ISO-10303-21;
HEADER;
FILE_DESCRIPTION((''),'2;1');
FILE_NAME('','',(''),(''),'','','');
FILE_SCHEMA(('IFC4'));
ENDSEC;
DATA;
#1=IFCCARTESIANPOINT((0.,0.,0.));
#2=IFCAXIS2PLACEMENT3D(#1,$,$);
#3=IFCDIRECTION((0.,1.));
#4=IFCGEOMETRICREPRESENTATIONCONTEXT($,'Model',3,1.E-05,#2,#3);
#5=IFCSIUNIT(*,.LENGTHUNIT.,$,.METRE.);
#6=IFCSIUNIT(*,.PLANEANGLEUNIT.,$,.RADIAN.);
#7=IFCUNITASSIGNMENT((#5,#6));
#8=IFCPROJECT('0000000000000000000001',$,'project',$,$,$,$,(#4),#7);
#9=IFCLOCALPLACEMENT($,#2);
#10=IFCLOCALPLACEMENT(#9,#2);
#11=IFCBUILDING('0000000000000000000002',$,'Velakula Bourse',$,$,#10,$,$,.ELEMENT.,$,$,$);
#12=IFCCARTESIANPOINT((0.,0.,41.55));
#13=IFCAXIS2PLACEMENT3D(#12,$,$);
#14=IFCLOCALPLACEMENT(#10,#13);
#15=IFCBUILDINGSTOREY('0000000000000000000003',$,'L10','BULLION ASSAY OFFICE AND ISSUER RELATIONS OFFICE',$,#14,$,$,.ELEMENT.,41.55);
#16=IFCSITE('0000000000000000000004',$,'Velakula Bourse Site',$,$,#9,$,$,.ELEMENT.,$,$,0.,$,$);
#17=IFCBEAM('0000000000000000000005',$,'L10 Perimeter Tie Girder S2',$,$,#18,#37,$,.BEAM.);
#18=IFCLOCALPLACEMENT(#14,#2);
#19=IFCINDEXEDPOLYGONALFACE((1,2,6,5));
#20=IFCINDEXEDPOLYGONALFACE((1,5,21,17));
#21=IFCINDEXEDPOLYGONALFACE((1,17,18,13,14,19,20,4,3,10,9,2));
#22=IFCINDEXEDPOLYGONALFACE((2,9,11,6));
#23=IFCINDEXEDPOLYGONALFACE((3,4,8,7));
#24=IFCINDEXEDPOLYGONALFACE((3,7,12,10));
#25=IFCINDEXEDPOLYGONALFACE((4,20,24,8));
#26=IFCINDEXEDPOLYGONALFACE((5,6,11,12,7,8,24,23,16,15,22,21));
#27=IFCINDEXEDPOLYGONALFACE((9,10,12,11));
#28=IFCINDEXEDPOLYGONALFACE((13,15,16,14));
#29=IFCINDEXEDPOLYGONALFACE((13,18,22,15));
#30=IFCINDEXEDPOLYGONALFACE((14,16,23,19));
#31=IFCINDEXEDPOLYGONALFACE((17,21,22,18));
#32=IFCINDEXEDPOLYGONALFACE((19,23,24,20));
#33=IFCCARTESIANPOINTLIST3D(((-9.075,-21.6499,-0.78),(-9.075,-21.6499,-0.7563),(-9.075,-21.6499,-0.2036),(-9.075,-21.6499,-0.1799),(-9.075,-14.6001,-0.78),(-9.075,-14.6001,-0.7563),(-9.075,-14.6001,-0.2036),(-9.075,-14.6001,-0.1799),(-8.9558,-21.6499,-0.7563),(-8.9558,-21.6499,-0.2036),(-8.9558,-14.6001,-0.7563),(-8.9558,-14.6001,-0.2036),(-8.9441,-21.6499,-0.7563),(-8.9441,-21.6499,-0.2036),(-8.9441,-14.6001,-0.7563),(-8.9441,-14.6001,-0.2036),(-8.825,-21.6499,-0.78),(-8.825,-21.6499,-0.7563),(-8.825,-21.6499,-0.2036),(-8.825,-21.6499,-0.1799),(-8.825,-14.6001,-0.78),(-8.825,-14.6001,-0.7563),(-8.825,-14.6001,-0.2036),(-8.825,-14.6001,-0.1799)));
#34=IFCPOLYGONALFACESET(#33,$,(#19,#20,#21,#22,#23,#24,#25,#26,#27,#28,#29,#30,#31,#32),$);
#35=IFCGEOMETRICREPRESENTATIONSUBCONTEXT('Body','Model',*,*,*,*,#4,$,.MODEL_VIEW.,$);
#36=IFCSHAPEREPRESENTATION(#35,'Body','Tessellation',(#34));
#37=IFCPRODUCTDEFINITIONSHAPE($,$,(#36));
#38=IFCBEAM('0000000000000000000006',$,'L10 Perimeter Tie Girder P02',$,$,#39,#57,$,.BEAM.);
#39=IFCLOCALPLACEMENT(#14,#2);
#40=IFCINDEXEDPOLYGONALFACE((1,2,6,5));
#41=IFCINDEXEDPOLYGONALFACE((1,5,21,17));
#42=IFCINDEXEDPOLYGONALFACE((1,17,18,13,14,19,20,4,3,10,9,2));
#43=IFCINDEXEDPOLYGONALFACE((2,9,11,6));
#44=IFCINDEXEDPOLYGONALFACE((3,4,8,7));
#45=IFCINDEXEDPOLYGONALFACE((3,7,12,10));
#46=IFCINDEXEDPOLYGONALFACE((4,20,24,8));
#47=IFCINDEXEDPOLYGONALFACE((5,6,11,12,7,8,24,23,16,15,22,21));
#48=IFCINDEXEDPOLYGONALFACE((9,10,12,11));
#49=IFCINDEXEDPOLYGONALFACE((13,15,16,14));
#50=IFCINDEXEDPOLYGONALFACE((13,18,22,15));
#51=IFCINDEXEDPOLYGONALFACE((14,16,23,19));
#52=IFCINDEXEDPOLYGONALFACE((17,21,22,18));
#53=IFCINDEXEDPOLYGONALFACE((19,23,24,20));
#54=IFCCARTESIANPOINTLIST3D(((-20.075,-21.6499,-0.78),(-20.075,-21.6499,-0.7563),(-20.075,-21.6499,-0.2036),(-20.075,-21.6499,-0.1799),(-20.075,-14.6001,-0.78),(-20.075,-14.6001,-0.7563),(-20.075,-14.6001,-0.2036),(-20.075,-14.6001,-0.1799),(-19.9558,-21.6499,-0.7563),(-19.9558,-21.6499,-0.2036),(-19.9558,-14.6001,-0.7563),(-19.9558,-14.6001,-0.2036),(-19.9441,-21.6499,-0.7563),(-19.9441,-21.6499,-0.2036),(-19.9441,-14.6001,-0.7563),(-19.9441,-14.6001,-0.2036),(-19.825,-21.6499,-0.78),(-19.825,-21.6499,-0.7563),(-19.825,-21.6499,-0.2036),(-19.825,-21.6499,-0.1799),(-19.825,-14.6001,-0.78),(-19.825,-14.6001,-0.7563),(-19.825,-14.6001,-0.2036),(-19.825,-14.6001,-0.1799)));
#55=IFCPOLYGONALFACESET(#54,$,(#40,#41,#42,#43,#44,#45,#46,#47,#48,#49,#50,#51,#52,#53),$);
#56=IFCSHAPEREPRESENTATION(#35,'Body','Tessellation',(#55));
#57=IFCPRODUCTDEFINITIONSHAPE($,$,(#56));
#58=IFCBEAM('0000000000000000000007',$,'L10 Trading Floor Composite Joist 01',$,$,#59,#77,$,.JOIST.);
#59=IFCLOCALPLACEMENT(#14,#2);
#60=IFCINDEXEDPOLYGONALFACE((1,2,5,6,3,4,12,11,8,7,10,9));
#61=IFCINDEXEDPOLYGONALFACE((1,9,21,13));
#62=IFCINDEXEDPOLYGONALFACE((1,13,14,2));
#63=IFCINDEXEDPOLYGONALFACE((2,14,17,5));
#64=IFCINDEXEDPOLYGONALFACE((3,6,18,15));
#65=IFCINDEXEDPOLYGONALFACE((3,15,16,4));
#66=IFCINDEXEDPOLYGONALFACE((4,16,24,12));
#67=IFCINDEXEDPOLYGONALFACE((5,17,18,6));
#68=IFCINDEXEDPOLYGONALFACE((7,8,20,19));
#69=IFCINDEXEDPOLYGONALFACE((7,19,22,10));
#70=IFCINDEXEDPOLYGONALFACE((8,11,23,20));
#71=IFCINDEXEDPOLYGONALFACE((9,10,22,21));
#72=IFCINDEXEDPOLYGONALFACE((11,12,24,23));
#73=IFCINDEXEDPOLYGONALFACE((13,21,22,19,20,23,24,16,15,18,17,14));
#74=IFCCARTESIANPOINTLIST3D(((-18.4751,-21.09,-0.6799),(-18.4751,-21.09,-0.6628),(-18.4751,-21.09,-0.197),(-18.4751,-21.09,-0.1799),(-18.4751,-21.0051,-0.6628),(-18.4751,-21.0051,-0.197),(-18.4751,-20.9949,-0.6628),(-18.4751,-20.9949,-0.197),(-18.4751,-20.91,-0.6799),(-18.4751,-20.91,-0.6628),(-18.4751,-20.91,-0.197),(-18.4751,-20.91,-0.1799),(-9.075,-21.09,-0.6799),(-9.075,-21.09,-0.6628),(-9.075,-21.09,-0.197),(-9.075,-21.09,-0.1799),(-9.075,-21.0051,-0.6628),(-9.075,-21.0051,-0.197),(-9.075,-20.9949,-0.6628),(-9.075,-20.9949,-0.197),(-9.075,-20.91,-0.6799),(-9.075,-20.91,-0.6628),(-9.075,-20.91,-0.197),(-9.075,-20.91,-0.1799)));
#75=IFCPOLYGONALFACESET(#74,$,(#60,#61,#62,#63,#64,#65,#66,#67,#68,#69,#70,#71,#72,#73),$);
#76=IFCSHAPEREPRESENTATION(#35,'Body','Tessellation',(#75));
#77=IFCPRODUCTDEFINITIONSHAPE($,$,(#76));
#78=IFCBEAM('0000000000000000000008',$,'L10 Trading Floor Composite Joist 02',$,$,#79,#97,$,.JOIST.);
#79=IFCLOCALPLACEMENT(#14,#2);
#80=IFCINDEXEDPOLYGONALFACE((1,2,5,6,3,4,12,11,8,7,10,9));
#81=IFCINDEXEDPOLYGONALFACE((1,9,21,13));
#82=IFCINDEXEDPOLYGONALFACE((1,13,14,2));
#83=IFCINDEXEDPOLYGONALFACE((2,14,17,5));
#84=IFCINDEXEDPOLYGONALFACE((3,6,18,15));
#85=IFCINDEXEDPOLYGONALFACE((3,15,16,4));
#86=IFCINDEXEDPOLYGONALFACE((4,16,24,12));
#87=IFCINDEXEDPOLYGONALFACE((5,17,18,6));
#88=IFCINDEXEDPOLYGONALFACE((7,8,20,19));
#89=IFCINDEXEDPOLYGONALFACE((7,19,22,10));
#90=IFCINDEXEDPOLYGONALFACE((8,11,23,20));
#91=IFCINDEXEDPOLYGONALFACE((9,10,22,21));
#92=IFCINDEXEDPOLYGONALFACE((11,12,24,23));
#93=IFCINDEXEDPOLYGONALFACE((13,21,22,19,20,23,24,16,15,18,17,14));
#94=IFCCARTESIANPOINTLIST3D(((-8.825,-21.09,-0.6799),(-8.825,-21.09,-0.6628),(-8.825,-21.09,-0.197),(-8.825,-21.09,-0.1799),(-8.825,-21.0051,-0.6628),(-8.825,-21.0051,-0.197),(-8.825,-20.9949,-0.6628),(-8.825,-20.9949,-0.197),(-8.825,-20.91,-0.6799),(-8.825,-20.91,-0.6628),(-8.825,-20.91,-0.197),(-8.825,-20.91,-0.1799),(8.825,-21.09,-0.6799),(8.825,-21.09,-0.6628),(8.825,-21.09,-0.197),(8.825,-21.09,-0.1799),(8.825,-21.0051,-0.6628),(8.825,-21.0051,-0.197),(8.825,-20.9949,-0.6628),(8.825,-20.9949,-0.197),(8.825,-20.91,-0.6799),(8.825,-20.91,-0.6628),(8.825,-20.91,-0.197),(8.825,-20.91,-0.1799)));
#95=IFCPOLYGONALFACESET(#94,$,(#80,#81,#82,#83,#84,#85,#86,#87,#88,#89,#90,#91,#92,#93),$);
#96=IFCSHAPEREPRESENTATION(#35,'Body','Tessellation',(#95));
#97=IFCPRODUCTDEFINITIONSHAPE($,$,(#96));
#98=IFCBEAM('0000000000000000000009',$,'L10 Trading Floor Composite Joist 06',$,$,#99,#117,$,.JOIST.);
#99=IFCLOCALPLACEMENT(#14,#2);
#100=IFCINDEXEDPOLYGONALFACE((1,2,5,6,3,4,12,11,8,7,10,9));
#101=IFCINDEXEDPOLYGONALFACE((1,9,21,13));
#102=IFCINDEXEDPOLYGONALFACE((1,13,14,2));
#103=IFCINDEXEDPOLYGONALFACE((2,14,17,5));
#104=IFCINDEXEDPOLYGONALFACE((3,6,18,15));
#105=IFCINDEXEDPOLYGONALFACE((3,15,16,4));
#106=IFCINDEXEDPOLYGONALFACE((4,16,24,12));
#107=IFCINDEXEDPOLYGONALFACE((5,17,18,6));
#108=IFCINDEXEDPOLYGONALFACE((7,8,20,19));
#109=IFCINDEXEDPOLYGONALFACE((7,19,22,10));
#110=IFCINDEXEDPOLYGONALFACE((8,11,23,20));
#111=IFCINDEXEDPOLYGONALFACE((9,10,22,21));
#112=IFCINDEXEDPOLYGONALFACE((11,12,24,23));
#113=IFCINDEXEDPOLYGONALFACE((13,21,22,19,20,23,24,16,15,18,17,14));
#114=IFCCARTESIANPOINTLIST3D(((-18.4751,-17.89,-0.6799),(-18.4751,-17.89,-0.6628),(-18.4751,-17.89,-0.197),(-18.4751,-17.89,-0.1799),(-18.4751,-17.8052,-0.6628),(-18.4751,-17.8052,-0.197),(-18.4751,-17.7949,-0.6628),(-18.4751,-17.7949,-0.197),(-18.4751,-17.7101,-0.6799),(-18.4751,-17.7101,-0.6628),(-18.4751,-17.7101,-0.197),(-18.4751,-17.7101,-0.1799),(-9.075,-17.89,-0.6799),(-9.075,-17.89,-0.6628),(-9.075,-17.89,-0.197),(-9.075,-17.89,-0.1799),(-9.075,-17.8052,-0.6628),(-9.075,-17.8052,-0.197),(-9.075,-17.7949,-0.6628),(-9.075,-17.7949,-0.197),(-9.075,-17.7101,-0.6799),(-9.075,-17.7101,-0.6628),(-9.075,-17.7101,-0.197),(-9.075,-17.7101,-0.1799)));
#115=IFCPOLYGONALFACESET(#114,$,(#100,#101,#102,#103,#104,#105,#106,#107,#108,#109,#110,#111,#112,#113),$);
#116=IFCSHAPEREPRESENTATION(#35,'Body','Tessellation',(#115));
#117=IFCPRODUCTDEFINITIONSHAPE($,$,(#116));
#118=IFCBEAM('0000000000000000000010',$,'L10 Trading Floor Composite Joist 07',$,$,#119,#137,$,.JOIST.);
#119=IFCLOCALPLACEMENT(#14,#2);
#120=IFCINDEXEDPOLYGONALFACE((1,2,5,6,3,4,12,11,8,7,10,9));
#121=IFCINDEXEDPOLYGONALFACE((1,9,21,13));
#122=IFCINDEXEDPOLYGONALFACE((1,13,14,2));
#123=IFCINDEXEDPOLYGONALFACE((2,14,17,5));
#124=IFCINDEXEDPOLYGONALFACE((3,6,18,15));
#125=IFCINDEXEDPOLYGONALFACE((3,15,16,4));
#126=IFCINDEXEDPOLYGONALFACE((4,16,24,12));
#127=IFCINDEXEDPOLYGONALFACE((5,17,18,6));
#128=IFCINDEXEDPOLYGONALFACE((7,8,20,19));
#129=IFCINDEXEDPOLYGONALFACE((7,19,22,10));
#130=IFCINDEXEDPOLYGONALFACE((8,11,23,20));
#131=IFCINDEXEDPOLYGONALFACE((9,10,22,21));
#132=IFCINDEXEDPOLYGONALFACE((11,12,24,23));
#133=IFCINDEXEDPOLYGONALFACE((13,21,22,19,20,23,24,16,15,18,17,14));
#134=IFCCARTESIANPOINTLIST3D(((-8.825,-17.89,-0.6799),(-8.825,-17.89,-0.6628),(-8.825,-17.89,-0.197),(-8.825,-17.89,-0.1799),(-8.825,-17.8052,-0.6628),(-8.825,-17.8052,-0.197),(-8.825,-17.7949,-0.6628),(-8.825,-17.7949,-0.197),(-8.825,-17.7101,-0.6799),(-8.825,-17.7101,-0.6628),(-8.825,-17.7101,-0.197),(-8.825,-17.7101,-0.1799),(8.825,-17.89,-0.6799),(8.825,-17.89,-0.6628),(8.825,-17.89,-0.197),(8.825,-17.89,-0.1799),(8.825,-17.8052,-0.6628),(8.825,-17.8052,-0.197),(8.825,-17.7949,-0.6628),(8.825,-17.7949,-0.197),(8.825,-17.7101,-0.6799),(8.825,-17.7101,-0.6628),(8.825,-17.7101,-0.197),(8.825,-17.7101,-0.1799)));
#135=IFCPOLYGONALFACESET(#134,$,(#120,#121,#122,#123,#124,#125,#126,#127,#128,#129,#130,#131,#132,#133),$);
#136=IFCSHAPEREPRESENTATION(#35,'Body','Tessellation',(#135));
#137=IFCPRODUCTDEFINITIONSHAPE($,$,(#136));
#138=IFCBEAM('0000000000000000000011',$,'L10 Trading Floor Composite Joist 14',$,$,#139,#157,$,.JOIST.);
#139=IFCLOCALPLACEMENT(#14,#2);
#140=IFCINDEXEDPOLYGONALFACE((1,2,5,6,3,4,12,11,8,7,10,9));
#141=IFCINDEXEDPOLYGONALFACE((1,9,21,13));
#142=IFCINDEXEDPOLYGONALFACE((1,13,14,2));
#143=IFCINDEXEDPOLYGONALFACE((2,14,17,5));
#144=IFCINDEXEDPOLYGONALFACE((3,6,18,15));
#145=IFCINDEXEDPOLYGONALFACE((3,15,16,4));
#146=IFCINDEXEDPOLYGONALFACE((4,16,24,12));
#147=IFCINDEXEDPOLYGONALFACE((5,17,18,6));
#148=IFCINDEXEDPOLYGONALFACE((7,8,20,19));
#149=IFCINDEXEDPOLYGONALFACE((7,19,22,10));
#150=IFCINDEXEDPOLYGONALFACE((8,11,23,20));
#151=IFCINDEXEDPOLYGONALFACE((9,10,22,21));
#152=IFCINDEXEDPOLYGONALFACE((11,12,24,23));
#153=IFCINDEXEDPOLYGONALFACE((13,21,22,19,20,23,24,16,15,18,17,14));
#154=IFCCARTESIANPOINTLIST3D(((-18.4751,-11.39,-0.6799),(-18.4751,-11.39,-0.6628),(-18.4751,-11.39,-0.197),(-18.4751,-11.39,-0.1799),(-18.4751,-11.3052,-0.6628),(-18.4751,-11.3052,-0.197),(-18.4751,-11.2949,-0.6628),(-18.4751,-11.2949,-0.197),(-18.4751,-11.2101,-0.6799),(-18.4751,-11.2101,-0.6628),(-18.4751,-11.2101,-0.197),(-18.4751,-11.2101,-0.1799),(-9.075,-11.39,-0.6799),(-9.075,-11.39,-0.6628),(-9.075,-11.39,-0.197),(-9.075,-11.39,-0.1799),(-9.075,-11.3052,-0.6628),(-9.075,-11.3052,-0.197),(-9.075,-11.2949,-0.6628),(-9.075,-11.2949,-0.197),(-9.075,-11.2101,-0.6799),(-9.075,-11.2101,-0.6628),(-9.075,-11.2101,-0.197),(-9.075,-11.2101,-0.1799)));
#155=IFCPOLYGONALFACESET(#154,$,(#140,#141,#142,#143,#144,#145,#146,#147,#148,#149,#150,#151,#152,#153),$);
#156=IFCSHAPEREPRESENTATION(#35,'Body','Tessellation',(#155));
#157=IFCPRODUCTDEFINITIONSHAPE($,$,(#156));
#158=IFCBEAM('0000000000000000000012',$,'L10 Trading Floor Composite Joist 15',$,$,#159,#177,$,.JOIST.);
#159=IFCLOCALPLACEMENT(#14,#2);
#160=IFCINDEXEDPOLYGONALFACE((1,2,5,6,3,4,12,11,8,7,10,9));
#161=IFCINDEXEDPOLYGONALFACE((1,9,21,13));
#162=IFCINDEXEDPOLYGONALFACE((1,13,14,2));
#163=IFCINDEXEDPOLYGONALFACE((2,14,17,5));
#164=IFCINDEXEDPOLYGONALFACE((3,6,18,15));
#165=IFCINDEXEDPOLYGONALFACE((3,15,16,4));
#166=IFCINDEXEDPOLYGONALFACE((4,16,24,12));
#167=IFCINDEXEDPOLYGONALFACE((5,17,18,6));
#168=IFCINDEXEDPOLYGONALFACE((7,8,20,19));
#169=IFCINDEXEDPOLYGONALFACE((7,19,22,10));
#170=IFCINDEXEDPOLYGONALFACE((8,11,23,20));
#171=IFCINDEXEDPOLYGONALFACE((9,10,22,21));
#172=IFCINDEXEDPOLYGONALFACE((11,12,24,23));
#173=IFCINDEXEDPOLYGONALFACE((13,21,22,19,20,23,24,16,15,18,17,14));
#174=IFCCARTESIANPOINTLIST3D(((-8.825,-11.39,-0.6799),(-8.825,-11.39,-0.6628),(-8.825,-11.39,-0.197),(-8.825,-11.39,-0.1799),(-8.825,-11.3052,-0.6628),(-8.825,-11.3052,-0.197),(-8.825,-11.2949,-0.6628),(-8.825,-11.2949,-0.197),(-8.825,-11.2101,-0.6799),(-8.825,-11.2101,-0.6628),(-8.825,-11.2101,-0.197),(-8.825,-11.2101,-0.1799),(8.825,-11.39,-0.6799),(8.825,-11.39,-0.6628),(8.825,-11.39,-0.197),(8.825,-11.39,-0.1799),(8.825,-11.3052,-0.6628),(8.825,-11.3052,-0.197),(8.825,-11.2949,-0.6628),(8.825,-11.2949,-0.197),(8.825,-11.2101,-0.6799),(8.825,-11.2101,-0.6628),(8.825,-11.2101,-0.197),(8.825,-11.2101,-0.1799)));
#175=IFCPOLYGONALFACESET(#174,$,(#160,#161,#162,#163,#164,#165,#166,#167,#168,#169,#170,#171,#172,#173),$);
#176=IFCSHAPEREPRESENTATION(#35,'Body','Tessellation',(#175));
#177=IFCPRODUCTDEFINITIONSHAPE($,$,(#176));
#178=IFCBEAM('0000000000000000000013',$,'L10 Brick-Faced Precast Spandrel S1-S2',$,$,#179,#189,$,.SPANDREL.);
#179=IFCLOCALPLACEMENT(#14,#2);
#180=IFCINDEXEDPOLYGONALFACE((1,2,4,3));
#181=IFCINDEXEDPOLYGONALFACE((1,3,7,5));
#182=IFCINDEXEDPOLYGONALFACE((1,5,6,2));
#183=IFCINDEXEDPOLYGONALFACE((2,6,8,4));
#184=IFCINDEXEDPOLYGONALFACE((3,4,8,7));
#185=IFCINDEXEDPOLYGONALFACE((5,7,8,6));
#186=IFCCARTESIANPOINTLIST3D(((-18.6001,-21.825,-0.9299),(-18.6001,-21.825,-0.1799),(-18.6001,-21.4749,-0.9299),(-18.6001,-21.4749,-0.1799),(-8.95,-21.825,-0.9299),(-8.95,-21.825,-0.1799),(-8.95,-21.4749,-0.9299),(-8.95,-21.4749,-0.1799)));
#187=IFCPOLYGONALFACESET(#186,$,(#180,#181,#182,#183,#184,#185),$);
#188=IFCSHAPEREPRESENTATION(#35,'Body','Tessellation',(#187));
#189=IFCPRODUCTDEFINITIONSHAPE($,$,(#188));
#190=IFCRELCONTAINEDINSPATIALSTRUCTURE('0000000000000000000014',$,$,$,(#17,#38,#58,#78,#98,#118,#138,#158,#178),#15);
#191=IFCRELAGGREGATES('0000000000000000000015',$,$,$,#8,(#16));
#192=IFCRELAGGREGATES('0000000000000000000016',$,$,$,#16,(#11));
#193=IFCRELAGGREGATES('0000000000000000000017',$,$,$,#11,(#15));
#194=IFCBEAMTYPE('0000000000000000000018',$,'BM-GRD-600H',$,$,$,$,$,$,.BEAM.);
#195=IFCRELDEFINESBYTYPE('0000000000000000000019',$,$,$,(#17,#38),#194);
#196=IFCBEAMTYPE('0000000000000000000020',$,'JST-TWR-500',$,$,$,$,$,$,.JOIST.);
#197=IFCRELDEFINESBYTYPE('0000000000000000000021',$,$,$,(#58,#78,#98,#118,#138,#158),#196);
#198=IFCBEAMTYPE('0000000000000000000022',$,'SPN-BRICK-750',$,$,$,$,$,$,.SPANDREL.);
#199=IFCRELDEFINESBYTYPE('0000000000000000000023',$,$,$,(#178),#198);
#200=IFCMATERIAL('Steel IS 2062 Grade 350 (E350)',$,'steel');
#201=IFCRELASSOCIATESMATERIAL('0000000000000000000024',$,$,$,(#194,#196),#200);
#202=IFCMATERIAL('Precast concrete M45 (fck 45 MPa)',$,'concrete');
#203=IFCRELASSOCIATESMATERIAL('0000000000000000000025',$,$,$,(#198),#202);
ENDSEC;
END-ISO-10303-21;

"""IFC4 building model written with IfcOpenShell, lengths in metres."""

from ifc_helpers import new_model, si_unit, direction, frame, origin, origin_2d, place, context, subcontext, project, spatial, rectangle, i_section, extrude, material, material_profile, profile_set, type_object, element, save


model = new_model("IFC4")

# Units and contexts
model_context = context("Model", 3, precision=1e-05, world=origin(), true_north=direction((0.0, 1.0)))
body_context = subcontext(model_context, "Body", "Model", "MODEL_VIEW")
ifc_project = project(units=[si_unit("LENGTHUNIT", "METRE"), si_unit("PLANEANGLEUNIT", "RADIAN")], contexts=[model_context])

# Site, building, storey
site_placement = place(None, origin())
site = spatial("IfcSite", under=ifc_project, at=site_placement, Name="Velakula Bourse Site", CompositionType="ELEMENT", RefElevation=0.0)
building_placement = place(site_placement, origin())
building = spatial("IfcBuilding", under=site, at=building_placement, Name="Velakula Bourse", CompositionType="ELEMENT")
storey_placement = place(building_placement, frame((0.0, 0.0, 41.55)))
storey = spatial("IfcBuildingStorey", under=building, at=storey_placement, Name="L10", Description="BULLION ASSAY OFFICE AND ISSUER RELATIONS OFFICE", CompositionType="ELEMENT", Elevation=41.55)

# Beams
ifc_material_1 = material(Name="Steel IS 2062 Grade 350 (E350)", Category="steel")
ifc_material_profile_1 = material_profile(ifc_material_1, i_section(OverallWidth=0.25, OverallDepth=0.6001, WebThickness=0.0117, FlangeThickness=0.0237, at=origin_2d()), Name="Steel IS 2062 Grade 350 (E350)")
ifc_profile_set_1 = profile_set([ifc_material_profile_1], Name="Steel IS 2062 Grade 350 (E350)")
beam_type_1 = type_object("IfcBeamType", Name="BM-GRD-600H", PredefinedType="BEAM", material=ifc_profile_set_1)
for number, where, z_axis, x_axis, name in (
    (1, (-8.95, -14.6001, -0.48), (0.0, -1.0, 0.0), (1.0, 0.0, 0.0), "L10 Perimeter Tie Girder S2"),
    (2, (-19.95, -14.6001, -0.48), (0.0, -1.0, 0.0), (1.0, 0.0, 0.0), "L10 Perimeter Tie Girder P02"),
):
    element("IfcBeam", number, at=place(storey_placement, frame(where, z_axis=z_axis, x_axis=x_axis)), inside=storey, type_object=beam_type_1, Name=name, PredefinedType="BEAM", context=body_context, shape_type="SweptSolid", body=[
        extrude(i_section(OverallWidth=0.25, OverallDepth=0.6001, WebThickness=0.0117, FlangeThickness=0.0237, at=origin_2d()), origin(), (0.0, 0.0, 1.0), 7.0498),
    ])
ifc_material_profile_2 = material_profile(ifc_material_1, i_section(OverallWidth=0.1799, OverallDepth=0.5, WebThickness=0.0103, FlangeThickness=0.0171, at=origin_2d()), Name="Steel IS 2062 Grade 350 (E350)")
ifc_profile_set_2 = profile_set([ifc_material_profile_2], Name="Steel IS 2062 Grade 350 (E350)")
beam_type_2 = type_object("IfcBeamType", Name="JST-TWR-500", PredefinedType="JOIST", material=ifc_profile_set_2)
beam_1_placement = place(storey_placement, frame((-18.4751, -21.0, -0.4299), z_axis=(1.0, 0.0, 0.0), x_axis=(0.0, 1.0, 0.0)))
element("IfcBeam", 3, at=beam_1_placement, inside=storey, type_object=beam_type_2, Name="L10 Trading Floor Composite Joist 01", PredefinedType="JOIST", context=body_context, shape_type="SweptSolid", body=[
    extrude(i_section(OverallWidth=0.1799, OverallDepth=0.5, WebThickness=0.0103, FlangeThickness=0.0171, at=origin_2d()), origin(), (0.0, 0.0, 1.0), 9.4001),
])
beam_2_placement = place(storey_placement, frame((-8.825, -21.0, -0.4299), z_axis=(1.0, 0.0, 0.0), x_axis=(0.0, 1.0, 0.0)))
element("IfcBeam", 4, at=beam_2_placement, inside=storey, type_object=beam_type_2, Name="L10 Trading Floor Composite Joist 02", PredefinedType="JOIST", context=body_context, shape_type="SweptSolid", body=[
    extrude(i_section(OverallWidth=0.1799, OverallDepth=0.5, WebThickness=0.0103, FlangeThickness=0.0171, at=origin_2d()), origin(), (0.0, 0.0, 1.0), 17.6499),
])
beam_3_placement = place(storey_placement, frame((-18.4751, -17.8, -0.4299), z_axis=(1.0, 0.0, 0.0), x_axis=(0.0, 1.0, 0.0)))
element("IfcBeam", 5, at=beam_3_placement, inside=storey, type_object=beam_type_2, Name="L10 Trading Floor Composite Joist 06", PredefinedType="JOIST", context=body_context, shape_type="SweptSolid", body=[
    extrude(i_section(OverallWidth=0.1799, OverallDepth=0.5, WebThickness=0.0103, FlangeThickness=0.0171, at=origin_2d()), origin(), (0.0, 0.0, 1.0), 9.4001),
])
beam_4_placement = place(storey_placement, frame((-8.825, -17.8, -0.4299), z_axis=(1.0, 0.0, 0.0), x_axis=(0.0, 1.0, 0.0)))
element("IfcBeam", 6, at=beam_4_placement, inside=storey, type_object=beam_type_2, Name="L10 Trading Floor Composite Joist 07", PredefinedType="JOIST", context=body_context, shape_type="SweptSolid", body=[
    extrude(i_section(OverallWidth=0.1799, OverallDepth=0.5, WebThickness=0.0103, FlangeThickness=0.0171, at=origin_2d()), origin(), (0.0, 0.0, 1.0), 17.6499),
])
beam_5_placement = place(storey_placement, frame((-18.4751, -11.3, -0.4299), z_axis=(1.0, 0.0, 0.0), x_axis=(0.0, 1.0, 0.0)))
element("IfcBeam", 7, at=beam_5_placement, inside=storey, type_object=beam_type_2, Name="L10 Trading Floor Composite Joist 14", PredefinedType="JOIST", context=body_context, shape_type="SweptSolid", body=[
    extrude(i_section(OverallWidth=0.1799, OverallDepth=0.5, WebThickness=0.0103, FlangeThickness=0.0171, at=origin_2d()), origin(), (0.0, 0.0, 1.0), 9.4001),
])
beam_6_placement = place(storey_placement, frame((-8.825, -11.3, -0.4299), z_axis=(1.0, 0.0, 0.0), x_axis=(0.0, 1.0, 0.0)))
element("IfcBeam", 8, at=beam_6_placement, inside=storey, type_object=beam_type_2, Name="L10 Trading Floor Composite Joist 15", PredefinedType="JOIST", context=body_context, shape_type="SweptSolid", body=[
    extrude(i_section(OverallWidth=0.1799, OverallDepth=0.5, WebThickness=0.0103, FlangeThickness=0.0171, at=origin_2d()), origin(), (0.0, 0.0, 1.0), 17.6499),
])
ifc_material_2 = material(Name="Precast concrete M45 (fck 45 MPa)", Category="concrete")
ifc_material_profile_3 = material_profile(ifc_material_2, rectangle(XDim=0.3501, YDim=0.75, at=origin_2d()), Name="Precast concrete M45 (fck 45 MPa)")
ifc_profile_set_3 = profile_set([ifc_material_profile_3], Name="Precast concrete M45 (fck 45 MPa)")
beam_type_3 = type_object("IfcBeamType", Name="SPN-BRICK-750", PredefinedType="SPANDREL", material=ifc_profile_set_3)
beam_7_placement = place(storey_placement, frame((-18.6001, -21.6499, -0.5549), z_axis=(1.0, 0.0, 0.0), x_axis=(0.0, 1.0, 0.0)))
element("IfcBeam", 9, at=beam_7_placement, inside=storey, type_object=beam_type_3, Name="L10 Brick-Faced Precast Spandrel S1-S2", PredefinedType="SPANDREL", context=body_context, shape_type="SweptSolid", body=[
    extrude(rectangle(XDim=0.3501, YDim=0.75, at=origin_2d()), origin(), (0.0, 0.0, 1.0), 9.6501),
])

save(model, "model.ifc")
